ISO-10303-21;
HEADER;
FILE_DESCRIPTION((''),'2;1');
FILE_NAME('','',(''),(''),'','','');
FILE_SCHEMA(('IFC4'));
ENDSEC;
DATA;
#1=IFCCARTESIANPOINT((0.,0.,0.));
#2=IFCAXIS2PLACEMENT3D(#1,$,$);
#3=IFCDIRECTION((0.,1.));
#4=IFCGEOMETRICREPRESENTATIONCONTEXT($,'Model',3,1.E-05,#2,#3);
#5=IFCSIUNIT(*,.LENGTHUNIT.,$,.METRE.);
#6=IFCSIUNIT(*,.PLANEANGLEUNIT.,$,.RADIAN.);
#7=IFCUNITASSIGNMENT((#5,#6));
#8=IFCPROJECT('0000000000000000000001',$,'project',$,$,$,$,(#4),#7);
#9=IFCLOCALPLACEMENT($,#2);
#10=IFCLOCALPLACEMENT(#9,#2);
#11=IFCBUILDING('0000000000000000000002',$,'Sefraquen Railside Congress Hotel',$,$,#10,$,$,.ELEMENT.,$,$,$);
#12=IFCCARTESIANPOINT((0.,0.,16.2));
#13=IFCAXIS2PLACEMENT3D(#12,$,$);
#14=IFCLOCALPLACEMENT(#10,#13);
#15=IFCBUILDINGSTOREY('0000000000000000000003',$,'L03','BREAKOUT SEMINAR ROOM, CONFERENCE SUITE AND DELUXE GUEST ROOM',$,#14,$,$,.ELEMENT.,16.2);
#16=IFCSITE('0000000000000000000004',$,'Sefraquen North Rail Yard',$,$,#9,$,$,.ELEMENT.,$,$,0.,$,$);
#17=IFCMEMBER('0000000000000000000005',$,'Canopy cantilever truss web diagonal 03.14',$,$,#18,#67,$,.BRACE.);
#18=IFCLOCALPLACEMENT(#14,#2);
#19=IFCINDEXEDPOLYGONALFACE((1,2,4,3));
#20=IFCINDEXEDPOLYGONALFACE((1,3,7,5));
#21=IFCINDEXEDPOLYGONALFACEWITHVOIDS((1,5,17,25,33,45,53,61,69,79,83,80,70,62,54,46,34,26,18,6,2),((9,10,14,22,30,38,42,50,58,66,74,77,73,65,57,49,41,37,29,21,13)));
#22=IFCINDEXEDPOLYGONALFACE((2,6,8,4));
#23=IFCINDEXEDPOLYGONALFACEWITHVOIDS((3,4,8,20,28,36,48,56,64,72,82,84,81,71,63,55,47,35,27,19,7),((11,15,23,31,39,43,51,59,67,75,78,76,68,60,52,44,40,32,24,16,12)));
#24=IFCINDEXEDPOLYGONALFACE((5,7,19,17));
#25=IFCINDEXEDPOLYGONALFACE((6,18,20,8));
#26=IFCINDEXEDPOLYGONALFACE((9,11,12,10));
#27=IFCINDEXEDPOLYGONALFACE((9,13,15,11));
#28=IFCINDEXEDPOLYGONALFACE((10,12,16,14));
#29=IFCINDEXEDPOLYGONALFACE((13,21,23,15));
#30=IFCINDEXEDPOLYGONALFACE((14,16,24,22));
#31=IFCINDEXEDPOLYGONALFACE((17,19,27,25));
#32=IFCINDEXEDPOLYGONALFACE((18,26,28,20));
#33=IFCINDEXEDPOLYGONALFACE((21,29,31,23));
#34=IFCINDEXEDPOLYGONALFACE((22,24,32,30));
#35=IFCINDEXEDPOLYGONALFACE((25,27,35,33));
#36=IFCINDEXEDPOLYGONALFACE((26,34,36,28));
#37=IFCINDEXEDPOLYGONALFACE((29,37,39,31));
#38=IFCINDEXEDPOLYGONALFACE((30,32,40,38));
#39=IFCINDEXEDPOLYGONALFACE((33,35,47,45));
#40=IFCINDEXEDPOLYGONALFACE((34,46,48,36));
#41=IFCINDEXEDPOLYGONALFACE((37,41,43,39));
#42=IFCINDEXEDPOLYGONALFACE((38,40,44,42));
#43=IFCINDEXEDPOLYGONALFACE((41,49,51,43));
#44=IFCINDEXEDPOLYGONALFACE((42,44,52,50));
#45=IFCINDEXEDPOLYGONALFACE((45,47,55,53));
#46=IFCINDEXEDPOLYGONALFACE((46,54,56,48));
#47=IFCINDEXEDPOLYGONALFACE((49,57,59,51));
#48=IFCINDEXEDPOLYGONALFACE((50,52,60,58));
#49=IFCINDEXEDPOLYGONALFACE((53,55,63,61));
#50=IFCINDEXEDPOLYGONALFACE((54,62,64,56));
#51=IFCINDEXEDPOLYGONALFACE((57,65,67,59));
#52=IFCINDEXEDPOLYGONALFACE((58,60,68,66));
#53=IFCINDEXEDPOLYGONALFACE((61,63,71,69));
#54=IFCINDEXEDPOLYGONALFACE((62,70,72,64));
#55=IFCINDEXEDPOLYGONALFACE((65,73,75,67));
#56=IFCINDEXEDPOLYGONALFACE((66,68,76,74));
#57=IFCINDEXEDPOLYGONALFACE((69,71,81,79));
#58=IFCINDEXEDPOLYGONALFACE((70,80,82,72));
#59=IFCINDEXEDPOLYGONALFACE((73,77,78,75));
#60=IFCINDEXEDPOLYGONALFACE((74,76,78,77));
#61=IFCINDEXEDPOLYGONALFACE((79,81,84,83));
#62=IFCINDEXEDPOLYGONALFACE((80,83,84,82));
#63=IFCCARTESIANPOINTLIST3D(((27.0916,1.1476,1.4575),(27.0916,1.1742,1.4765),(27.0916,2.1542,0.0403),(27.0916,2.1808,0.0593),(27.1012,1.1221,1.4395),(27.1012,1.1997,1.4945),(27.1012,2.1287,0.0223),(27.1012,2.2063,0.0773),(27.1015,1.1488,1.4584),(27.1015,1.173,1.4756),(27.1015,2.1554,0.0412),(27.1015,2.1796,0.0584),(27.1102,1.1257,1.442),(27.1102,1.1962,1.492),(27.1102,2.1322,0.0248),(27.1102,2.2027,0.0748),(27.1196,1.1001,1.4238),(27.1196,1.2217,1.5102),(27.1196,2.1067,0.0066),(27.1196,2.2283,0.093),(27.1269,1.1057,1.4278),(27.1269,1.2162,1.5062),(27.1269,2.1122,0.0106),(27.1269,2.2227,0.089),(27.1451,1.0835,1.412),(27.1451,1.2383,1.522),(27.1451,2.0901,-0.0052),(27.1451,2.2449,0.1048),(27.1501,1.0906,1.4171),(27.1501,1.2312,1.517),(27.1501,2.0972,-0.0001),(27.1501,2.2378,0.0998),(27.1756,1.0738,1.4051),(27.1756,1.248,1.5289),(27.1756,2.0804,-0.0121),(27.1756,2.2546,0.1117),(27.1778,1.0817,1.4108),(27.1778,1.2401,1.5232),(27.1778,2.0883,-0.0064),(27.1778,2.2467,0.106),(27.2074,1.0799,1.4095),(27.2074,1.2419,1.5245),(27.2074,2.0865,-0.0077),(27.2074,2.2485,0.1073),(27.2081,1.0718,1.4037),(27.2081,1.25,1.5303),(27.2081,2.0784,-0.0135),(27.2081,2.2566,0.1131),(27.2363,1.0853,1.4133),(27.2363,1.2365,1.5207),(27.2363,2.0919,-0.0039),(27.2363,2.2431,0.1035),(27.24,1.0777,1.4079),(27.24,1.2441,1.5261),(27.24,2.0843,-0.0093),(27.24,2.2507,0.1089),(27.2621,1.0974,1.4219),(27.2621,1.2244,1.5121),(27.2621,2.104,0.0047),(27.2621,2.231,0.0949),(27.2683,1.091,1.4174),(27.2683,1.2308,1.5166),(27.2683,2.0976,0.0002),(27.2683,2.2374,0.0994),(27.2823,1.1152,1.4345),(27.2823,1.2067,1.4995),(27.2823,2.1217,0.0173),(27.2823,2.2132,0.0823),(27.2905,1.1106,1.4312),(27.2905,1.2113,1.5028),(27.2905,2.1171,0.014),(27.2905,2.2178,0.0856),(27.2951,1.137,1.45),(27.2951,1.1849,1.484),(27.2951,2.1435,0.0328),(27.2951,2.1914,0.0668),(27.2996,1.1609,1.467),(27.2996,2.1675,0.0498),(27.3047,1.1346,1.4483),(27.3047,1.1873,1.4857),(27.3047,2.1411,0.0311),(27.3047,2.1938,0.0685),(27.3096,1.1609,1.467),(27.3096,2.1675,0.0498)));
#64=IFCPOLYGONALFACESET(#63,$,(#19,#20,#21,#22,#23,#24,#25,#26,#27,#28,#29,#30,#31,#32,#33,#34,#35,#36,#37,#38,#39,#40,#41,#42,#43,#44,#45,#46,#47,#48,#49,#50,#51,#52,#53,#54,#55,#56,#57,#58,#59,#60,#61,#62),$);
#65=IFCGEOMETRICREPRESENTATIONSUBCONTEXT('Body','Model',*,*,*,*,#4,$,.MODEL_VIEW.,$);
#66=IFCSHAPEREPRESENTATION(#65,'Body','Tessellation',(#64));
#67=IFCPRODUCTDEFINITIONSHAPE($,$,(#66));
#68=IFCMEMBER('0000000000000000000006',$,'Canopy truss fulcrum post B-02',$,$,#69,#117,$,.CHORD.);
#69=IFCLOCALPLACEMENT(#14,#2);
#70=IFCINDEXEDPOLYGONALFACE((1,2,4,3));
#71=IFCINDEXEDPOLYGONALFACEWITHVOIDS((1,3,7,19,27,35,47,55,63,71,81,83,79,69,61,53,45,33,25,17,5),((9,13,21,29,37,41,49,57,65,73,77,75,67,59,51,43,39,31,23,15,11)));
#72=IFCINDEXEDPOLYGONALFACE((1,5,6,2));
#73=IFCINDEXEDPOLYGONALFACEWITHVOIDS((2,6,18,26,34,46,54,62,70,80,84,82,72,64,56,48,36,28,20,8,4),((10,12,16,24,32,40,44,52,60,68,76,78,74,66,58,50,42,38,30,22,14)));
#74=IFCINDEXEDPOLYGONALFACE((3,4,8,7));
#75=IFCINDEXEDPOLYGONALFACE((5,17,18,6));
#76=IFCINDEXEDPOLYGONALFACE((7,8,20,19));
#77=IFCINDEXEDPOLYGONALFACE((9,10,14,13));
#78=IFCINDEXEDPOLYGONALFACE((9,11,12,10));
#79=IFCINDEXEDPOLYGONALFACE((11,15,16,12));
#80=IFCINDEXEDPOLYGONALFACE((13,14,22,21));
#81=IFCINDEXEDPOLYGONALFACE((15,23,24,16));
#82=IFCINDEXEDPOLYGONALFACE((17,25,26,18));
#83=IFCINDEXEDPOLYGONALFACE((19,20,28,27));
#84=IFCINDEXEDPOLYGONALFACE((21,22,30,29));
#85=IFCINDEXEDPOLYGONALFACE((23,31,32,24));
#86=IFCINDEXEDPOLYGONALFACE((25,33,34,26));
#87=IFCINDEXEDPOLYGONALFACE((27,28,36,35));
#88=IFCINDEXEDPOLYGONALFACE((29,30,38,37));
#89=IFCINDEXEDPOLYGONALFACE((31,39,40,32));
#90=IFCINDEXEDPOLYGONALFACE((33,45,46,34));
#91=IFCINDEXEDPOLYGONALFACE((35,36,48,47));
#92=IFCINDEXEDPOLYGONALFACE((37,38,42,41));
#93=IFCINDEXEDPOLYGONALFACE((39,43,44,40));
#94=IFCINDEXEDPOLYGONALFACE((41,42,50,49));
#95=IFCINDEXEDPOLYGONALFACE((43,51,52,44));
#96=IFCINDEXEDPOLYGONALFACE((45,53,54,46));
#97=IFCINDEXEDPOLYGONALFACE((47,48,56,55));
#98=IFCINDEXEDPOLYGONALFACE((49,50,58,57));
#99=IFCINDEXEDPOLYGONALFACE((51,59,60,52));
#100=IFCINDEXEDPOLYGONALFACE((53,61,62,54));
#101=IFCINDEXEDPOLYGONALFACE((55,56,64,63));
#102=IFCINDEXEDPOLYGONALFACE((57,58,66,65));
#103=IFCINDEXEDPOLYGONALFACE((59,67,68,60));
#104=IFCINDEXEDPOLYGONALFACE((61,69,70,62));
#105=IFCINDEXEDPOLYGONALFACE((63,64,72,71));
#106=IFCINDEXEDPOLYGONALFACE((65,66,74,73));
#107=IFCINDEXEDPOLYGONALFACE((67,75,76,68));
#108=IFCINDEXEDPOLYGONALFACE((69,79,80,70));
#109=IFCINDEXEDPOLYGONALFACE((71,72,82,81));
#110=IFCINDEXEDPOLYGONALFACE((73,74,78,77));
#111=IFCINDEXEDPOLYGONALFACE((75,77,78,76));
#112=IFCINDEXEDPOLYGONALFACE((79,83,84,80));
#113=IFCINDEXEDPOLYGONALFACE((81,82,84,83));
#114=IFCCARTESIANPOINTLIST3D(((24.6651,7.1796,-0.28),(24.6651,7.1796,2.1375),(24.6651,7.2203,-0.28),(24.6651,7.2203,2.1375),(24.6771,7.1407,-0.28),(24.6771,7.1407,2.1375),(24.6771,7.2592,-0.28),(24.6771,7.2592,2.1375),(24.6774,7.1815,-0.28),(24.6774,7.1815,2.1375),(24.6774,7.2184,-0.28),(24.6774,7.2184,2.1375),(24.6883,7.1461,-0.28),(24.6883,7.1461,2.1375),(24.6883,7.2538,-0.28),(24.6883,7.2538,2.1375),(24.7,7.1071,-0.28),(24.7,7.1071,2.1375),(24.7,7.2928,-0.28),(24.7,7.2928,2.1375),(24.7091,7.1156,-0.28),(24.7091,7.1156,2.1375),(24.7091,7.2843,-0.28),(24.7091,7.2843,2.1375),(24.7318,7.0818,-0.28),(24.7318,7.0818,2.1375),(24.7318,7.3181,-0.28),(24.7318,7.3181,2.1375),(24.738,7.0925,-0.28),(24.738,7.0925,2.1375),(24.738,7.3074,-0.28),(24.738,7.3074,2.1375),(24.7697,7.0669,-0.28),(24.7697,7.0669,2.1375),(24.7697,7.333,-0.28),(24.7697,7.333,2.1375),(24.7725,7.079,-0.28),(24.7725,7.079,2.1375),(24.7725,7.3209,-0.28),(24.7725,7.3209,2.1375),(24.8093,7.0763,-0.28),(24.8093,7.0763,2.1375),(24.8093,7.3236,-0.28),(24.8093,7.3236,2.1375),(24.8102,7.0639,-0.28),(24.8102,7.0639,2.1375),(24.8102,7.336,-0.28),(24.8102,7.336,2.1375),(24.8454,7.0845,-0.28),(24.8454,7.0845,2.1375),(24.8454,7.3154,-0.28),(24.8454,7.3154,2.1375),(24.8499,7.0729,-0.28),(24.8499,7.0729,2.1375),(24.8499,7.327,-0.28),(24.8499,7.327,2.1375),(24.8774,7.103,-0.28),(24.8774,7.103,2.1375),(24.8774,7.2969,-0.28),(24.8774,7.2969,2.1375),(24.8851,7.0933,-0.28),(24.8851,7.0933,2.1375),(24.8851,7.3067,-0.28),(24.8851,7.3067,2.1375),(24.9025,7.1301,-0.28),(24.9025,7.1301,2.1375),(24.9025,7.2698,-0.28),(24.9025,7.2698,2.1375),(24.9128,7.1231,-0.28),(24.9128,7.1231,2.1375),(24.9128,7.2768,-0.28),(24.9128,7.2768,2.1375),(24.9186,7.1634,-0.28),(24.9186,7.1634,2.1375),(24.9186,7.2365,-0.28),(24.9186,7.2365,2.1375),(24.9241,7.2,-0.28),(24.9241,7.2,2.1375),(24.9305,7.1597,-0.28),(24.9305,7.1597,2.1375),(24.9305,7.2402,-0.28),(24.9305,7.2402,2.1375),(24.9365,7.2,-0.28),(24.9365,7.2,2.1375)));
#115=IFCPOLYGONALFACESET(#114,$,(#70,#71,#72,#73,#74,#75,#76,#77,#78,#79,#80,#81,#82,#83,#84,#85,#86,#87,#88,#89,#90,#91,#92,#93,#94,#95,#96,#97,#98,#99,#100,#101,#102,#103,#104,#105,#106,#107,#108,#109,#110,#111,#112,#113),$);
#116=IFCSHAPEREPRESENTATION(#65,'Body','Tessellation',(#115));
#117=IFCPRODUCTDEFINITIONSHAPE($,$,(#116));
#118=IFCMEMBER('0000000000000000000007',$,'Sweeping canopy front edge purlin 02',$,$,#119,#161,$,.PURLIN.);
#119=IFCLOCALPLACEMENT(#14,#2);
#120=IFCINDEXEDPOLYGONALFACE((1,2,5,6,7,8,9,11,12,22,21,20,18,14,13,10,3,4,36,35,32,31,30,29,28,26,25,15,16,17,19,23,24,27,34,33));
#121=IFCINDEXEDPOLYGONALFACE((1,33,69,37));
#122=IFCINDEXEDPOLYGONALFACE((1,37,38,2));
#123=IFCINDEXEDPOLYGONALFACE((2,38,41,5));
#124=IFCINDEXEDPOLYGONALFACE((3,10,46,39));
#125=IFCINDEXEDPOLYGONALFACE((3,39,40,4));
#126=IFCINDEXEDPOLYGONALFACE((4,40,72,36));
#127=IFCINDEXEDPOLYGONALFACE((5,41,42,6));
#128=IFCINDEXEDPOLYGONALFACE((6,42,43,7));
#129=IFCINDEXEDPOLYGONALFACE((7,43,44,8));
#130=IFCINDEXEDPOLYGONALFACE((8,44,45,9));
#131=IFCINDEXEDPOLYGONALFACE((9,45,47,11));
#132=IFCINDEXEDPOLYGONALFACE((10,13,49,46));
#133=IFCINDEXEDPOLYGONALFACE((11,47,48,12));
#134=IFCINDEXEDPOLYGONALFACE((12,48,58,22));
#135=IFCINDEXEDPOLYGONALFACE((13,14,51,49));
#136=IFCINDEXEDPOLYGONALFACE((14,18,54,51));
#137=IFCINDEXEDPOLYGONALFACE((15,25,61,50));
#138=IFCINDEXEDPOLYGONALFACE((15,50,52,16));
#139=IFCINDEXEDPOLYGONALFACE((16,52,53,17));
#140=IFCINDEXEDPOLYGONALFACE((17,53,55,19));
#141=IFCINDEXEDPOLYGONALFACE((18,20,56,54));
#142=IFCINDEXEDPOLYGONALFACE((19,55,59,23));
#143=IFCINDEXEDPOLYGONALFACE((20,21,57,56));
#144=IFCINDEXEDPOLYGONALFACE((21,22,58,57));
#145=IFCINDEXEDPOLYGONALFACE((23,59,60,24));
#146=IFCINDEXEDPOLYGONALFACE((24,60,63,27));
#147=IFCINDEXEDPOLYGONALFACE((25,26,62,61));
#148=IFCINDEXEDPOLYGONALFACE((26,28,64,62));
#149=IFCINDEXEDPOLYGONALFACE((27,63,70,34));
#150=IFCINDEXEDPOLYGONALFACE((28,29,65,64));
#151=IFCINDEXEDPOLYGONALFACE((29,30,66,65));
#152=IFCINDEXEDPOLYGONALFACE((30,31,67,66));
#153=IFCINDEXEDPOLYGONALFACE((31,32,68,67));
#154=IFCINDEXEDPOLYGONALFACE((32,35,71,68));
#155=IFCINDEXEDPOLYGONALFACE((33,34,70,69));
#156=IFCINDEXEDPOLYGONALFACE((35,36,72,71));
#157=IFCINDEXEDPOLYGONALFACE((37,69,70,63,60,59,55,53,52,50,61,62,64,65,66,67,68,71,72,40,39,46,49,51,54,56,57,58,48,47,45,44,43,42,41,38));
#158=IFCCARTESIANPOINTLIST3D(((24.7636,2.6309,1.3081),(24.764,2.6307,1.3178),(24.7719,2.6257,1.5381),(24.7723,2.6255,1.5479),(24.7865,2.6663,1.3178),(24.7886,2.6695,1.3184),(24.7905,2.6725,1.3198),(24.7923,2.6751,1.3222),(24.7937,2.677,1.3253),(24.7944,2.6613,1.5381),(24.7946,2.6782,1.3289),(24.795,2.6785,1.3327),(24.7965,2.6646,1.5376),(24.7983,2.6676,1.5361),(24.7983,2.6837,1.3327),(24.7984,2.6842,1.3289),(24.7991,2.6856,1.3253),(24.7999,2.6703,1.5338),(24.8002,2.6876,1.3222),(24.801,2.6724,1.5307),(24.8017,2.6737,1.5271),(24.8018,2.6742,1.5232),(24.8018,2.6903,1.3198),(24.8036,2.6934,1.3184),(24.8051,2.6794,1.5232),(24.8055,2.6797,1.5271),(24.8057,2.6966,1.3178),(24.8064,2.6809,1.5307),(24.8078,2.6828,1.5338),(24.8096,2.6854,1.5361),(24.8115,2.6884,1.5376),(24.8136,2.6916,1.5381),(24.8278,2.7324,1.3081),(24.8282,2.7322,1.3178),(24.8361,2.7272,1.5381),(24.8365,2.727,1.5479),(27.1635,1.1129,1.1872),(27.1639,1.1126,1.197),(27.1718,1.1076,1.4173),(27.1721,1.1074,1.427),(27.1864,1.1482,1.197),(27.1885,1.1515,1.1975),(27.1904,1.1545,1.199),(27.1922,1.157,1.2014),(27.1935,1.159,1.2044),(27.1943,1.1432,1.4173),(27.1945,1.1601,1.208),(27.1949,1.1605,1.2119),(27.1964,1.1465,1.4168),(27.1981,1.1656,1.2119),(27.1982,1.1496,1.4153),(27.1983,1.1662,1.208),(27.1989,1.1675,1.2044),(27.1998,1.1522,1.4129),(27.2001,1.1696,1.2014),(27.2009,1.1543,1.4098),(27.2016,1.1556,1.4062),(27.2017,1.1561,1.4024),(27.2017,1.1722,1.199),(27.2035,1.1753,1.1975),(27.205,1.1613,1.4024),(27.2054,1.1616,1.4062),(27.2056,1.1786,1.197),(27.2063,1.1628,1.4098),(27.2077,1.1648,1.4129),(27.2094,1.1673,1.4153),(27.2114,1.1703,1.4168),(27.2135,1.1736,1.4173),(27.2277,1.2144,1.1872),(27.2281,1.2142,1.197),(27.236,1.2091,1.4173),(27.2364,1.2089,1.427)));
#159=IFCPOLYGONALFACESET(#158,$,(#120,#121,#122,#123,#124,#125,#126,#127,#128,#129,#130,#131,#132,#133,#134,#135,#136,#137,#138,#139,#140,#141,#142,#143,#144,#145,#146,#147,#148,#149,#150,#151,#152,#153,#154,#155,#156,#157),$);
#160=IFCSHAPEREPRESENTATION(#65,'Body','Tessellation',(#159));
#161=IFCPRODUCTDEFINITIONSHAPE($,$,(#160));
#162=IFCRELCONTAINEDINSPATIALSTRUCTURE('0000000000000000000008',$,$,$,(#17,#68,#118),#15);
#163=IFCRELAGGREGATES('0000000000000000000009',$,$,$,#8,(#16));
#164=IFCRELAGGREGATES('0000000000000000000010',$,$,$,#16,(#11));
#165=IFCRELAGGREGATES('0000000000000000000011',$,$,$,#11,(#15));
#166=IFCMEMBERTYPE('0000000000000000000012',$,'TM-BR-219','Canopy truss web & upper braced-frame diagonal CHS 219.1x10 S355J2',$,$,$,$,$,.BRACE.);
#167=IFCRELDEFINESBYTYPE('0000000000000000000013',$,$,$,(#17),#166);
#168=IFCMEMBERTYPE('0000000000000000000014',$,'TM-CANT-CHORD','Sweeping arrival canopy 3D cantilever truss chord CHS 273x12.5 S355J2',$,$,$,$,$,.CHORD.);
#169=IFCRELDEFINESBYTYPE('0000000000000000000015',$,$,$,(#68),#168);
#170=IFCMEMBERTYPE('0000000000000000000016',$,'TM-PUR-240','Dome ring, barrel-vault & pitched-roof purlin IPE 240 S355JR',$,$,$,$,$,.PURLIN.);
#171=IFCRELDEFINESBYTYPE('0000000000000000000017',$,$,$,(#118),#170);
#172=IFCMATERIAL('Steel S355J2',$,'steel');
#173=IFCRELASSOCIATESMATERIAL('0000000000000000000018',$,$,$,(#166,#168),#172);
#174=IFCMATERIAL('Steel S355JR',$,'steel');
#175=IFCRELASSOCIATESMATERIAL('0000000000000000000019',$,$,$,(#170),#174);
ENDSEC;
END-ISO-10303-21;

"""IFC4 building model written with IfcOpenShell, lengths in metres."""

from ifc_helpers import new_model, si_unit, direction, frame, origin, origin_2d, place, context, subcontext, project, spatial, hollow_circle, i_section, extrude, material, material_profile, profile_set, type_object, element, save


model = new_model("IFC4")

# Units and contexts
model_context = context("Model", 3, precision=1e-05, world=origin(), true_north=direction((0.0, 1.0)))
body_context = subcontext(model_context, "Body", "Model", "MODEL_VIEW")
ifc_project = project(units=[si_unit("LENGTHUNIT", "METRE"), si_unit("PLANEANGLEUNIT", "RADIAN")], contexts=[model_context])

# Site, building, storey
site_placement = place(None, origin())
site = spatial("IfcSite", under=ifc_project, at=site_placement, Name="Sefraquen North Rail Yard", CompositionType="ELEMENT", RefElevation=0.0)
building_placement = place(site_placement, origin())
building = spatial("IfcBuilding", under=site, at=building_placement, Name="Sefraquen Railside Congress Hotel", CompositionType="ELEMENT")
storey_placement = place(building_placement, frame((0.0, 0.0, 16.2)))
storey = spatial("IfcBuildingStorey", under=building, at=storey_placement, Name="L03", Description="BREAKOUT SEMINAR ROOM, CONFERENCE SUITE AND DELUXE GUEST ROOM", CompositionType="ELEMENT", Elevation=16.2)

# Members
ifc_material_1 = material(Name="Steel S355J2", Category="steel")
ifc_material_profile_1 = material_profile(ifc_material_1, hollow_circle(Radius=0.1096, WallThickness=0.01, at=origin_2d()), Name="CHS 219.1x10")
ifc_profile_set_1 = profile_set([ifc_material_profile_1], Name="Steel S355J2")
member_type_1 = type_object("IfcMemberType", Name="TM-BR-219", Description="Canopy truss web & upper braced-frame diagonal CHS 219.1x10 S355J2", PredefinedType="BRACE", material=ifc_profile_set_1)
member_1_placement = place(storey_placement, frame((27.2, 2.1675, 0.0498), z_axis=(0.0, -0.579057, 0.815287), x_axis=(1.0, 0.0, 0.0)))
element("IfcMember", 1, at=member_1_placement, inside=storey, type_object=member_type_1, Name="Canopy cantilever truss web diagonal 03.14", PredefinedType="BRACE", context=body_context, shape_type="SweptSolid", body=[
    extrude(hollow_circle(Radius=0.1096, WallThickness=0.01, at=origin_2d()), origin(), (0.0, 0.0, 1.0), 1.7383),
])
ifc_material_profile_2 = material_profile(ifc_material_1, hollow_circle(Radius=0.1365, WallThickness=0.0125, at=origin_2d()), Name="CHS 273x12.5")
ifc_profile_set_2 = profile_set([ifc_material_profile_2], Name="Steel S355J2")
member_type_2 = type_object("IfcMemberType", Name="TM-CANT-CHORD", Description="Sweeping arrival canopy 3D cantilever truss chord CHS 273x12.5 S355J2", PredefinedType="CHORD", material=ifc_profile_set_2)
member_2_placement = place(storey_placement, frame((24.8, 7.2, -0.28), z_axis=(0.0, 0.0, 1.0), x_axis=(1.0, 0.0, 0.0)))
element("IfcMember", 2, at=member_2_placement, inside=storey, type_object=member_type_2, Name="Canopy truss fulcrum post B-02", PredefinedType="CHORD", context=body_context, shape_type="SweptSolid", body=[
    extrude(hollow_circle(Radius=0.1365, WallThickness=0.0125, at=origin_2d()), origin(), (0.0, 0.0, 1.0), 2.4175),
])
ifc_material_2 = material(Name="Steel S355JR", Category="steel")
ifc_material_profile_3 = material_profile(ifc_material_2, i_section(OverallWidth=0.1201, OverallDepth=0.24, WebThickness=0.0061, FlangeThickness=0.0098, FilletRadius=0.0149, at=origin_2d()), Name="IPE 240")
ifc_profile_set_3 = profile_set([ifc_material_profile_3], Name="Steel S355JR")
member_type_3 = type_object("IfcMemberType", Name="TM-PUR-240", Description="Dome ring, barrel-vault & pitched-roof purlin IPE 240 S355JR", PredefinedType="PURLIN", material=ifc_profile_set_3)
member_3_placement = place(storey_placement, frame((24.8, 2.679, 1.428), z_axis=(0.844353, -0.534098, -0.042518), x_axis=(0.534582, 0.845117, 0.0)))
element("IfcMember", 3, at=member_3_placement, inside=storey, type_object=member_type_3, Name="Sweeping canopy front edge purlin 02", PredefinedType="PURLIN", context=body_context, shape_type="SweptSolid", body=[
    extrude(i_section(OverallWidth=0.1201, OverallDepth=0.24, WebThickness=0.0061, FlangeThickness=0.0098, FilletRadius=0.0149, at=origin_2d()), origin(), (0.0, 0.0, 1.0), 2.8423),
])

save(model, "model.ifc")
